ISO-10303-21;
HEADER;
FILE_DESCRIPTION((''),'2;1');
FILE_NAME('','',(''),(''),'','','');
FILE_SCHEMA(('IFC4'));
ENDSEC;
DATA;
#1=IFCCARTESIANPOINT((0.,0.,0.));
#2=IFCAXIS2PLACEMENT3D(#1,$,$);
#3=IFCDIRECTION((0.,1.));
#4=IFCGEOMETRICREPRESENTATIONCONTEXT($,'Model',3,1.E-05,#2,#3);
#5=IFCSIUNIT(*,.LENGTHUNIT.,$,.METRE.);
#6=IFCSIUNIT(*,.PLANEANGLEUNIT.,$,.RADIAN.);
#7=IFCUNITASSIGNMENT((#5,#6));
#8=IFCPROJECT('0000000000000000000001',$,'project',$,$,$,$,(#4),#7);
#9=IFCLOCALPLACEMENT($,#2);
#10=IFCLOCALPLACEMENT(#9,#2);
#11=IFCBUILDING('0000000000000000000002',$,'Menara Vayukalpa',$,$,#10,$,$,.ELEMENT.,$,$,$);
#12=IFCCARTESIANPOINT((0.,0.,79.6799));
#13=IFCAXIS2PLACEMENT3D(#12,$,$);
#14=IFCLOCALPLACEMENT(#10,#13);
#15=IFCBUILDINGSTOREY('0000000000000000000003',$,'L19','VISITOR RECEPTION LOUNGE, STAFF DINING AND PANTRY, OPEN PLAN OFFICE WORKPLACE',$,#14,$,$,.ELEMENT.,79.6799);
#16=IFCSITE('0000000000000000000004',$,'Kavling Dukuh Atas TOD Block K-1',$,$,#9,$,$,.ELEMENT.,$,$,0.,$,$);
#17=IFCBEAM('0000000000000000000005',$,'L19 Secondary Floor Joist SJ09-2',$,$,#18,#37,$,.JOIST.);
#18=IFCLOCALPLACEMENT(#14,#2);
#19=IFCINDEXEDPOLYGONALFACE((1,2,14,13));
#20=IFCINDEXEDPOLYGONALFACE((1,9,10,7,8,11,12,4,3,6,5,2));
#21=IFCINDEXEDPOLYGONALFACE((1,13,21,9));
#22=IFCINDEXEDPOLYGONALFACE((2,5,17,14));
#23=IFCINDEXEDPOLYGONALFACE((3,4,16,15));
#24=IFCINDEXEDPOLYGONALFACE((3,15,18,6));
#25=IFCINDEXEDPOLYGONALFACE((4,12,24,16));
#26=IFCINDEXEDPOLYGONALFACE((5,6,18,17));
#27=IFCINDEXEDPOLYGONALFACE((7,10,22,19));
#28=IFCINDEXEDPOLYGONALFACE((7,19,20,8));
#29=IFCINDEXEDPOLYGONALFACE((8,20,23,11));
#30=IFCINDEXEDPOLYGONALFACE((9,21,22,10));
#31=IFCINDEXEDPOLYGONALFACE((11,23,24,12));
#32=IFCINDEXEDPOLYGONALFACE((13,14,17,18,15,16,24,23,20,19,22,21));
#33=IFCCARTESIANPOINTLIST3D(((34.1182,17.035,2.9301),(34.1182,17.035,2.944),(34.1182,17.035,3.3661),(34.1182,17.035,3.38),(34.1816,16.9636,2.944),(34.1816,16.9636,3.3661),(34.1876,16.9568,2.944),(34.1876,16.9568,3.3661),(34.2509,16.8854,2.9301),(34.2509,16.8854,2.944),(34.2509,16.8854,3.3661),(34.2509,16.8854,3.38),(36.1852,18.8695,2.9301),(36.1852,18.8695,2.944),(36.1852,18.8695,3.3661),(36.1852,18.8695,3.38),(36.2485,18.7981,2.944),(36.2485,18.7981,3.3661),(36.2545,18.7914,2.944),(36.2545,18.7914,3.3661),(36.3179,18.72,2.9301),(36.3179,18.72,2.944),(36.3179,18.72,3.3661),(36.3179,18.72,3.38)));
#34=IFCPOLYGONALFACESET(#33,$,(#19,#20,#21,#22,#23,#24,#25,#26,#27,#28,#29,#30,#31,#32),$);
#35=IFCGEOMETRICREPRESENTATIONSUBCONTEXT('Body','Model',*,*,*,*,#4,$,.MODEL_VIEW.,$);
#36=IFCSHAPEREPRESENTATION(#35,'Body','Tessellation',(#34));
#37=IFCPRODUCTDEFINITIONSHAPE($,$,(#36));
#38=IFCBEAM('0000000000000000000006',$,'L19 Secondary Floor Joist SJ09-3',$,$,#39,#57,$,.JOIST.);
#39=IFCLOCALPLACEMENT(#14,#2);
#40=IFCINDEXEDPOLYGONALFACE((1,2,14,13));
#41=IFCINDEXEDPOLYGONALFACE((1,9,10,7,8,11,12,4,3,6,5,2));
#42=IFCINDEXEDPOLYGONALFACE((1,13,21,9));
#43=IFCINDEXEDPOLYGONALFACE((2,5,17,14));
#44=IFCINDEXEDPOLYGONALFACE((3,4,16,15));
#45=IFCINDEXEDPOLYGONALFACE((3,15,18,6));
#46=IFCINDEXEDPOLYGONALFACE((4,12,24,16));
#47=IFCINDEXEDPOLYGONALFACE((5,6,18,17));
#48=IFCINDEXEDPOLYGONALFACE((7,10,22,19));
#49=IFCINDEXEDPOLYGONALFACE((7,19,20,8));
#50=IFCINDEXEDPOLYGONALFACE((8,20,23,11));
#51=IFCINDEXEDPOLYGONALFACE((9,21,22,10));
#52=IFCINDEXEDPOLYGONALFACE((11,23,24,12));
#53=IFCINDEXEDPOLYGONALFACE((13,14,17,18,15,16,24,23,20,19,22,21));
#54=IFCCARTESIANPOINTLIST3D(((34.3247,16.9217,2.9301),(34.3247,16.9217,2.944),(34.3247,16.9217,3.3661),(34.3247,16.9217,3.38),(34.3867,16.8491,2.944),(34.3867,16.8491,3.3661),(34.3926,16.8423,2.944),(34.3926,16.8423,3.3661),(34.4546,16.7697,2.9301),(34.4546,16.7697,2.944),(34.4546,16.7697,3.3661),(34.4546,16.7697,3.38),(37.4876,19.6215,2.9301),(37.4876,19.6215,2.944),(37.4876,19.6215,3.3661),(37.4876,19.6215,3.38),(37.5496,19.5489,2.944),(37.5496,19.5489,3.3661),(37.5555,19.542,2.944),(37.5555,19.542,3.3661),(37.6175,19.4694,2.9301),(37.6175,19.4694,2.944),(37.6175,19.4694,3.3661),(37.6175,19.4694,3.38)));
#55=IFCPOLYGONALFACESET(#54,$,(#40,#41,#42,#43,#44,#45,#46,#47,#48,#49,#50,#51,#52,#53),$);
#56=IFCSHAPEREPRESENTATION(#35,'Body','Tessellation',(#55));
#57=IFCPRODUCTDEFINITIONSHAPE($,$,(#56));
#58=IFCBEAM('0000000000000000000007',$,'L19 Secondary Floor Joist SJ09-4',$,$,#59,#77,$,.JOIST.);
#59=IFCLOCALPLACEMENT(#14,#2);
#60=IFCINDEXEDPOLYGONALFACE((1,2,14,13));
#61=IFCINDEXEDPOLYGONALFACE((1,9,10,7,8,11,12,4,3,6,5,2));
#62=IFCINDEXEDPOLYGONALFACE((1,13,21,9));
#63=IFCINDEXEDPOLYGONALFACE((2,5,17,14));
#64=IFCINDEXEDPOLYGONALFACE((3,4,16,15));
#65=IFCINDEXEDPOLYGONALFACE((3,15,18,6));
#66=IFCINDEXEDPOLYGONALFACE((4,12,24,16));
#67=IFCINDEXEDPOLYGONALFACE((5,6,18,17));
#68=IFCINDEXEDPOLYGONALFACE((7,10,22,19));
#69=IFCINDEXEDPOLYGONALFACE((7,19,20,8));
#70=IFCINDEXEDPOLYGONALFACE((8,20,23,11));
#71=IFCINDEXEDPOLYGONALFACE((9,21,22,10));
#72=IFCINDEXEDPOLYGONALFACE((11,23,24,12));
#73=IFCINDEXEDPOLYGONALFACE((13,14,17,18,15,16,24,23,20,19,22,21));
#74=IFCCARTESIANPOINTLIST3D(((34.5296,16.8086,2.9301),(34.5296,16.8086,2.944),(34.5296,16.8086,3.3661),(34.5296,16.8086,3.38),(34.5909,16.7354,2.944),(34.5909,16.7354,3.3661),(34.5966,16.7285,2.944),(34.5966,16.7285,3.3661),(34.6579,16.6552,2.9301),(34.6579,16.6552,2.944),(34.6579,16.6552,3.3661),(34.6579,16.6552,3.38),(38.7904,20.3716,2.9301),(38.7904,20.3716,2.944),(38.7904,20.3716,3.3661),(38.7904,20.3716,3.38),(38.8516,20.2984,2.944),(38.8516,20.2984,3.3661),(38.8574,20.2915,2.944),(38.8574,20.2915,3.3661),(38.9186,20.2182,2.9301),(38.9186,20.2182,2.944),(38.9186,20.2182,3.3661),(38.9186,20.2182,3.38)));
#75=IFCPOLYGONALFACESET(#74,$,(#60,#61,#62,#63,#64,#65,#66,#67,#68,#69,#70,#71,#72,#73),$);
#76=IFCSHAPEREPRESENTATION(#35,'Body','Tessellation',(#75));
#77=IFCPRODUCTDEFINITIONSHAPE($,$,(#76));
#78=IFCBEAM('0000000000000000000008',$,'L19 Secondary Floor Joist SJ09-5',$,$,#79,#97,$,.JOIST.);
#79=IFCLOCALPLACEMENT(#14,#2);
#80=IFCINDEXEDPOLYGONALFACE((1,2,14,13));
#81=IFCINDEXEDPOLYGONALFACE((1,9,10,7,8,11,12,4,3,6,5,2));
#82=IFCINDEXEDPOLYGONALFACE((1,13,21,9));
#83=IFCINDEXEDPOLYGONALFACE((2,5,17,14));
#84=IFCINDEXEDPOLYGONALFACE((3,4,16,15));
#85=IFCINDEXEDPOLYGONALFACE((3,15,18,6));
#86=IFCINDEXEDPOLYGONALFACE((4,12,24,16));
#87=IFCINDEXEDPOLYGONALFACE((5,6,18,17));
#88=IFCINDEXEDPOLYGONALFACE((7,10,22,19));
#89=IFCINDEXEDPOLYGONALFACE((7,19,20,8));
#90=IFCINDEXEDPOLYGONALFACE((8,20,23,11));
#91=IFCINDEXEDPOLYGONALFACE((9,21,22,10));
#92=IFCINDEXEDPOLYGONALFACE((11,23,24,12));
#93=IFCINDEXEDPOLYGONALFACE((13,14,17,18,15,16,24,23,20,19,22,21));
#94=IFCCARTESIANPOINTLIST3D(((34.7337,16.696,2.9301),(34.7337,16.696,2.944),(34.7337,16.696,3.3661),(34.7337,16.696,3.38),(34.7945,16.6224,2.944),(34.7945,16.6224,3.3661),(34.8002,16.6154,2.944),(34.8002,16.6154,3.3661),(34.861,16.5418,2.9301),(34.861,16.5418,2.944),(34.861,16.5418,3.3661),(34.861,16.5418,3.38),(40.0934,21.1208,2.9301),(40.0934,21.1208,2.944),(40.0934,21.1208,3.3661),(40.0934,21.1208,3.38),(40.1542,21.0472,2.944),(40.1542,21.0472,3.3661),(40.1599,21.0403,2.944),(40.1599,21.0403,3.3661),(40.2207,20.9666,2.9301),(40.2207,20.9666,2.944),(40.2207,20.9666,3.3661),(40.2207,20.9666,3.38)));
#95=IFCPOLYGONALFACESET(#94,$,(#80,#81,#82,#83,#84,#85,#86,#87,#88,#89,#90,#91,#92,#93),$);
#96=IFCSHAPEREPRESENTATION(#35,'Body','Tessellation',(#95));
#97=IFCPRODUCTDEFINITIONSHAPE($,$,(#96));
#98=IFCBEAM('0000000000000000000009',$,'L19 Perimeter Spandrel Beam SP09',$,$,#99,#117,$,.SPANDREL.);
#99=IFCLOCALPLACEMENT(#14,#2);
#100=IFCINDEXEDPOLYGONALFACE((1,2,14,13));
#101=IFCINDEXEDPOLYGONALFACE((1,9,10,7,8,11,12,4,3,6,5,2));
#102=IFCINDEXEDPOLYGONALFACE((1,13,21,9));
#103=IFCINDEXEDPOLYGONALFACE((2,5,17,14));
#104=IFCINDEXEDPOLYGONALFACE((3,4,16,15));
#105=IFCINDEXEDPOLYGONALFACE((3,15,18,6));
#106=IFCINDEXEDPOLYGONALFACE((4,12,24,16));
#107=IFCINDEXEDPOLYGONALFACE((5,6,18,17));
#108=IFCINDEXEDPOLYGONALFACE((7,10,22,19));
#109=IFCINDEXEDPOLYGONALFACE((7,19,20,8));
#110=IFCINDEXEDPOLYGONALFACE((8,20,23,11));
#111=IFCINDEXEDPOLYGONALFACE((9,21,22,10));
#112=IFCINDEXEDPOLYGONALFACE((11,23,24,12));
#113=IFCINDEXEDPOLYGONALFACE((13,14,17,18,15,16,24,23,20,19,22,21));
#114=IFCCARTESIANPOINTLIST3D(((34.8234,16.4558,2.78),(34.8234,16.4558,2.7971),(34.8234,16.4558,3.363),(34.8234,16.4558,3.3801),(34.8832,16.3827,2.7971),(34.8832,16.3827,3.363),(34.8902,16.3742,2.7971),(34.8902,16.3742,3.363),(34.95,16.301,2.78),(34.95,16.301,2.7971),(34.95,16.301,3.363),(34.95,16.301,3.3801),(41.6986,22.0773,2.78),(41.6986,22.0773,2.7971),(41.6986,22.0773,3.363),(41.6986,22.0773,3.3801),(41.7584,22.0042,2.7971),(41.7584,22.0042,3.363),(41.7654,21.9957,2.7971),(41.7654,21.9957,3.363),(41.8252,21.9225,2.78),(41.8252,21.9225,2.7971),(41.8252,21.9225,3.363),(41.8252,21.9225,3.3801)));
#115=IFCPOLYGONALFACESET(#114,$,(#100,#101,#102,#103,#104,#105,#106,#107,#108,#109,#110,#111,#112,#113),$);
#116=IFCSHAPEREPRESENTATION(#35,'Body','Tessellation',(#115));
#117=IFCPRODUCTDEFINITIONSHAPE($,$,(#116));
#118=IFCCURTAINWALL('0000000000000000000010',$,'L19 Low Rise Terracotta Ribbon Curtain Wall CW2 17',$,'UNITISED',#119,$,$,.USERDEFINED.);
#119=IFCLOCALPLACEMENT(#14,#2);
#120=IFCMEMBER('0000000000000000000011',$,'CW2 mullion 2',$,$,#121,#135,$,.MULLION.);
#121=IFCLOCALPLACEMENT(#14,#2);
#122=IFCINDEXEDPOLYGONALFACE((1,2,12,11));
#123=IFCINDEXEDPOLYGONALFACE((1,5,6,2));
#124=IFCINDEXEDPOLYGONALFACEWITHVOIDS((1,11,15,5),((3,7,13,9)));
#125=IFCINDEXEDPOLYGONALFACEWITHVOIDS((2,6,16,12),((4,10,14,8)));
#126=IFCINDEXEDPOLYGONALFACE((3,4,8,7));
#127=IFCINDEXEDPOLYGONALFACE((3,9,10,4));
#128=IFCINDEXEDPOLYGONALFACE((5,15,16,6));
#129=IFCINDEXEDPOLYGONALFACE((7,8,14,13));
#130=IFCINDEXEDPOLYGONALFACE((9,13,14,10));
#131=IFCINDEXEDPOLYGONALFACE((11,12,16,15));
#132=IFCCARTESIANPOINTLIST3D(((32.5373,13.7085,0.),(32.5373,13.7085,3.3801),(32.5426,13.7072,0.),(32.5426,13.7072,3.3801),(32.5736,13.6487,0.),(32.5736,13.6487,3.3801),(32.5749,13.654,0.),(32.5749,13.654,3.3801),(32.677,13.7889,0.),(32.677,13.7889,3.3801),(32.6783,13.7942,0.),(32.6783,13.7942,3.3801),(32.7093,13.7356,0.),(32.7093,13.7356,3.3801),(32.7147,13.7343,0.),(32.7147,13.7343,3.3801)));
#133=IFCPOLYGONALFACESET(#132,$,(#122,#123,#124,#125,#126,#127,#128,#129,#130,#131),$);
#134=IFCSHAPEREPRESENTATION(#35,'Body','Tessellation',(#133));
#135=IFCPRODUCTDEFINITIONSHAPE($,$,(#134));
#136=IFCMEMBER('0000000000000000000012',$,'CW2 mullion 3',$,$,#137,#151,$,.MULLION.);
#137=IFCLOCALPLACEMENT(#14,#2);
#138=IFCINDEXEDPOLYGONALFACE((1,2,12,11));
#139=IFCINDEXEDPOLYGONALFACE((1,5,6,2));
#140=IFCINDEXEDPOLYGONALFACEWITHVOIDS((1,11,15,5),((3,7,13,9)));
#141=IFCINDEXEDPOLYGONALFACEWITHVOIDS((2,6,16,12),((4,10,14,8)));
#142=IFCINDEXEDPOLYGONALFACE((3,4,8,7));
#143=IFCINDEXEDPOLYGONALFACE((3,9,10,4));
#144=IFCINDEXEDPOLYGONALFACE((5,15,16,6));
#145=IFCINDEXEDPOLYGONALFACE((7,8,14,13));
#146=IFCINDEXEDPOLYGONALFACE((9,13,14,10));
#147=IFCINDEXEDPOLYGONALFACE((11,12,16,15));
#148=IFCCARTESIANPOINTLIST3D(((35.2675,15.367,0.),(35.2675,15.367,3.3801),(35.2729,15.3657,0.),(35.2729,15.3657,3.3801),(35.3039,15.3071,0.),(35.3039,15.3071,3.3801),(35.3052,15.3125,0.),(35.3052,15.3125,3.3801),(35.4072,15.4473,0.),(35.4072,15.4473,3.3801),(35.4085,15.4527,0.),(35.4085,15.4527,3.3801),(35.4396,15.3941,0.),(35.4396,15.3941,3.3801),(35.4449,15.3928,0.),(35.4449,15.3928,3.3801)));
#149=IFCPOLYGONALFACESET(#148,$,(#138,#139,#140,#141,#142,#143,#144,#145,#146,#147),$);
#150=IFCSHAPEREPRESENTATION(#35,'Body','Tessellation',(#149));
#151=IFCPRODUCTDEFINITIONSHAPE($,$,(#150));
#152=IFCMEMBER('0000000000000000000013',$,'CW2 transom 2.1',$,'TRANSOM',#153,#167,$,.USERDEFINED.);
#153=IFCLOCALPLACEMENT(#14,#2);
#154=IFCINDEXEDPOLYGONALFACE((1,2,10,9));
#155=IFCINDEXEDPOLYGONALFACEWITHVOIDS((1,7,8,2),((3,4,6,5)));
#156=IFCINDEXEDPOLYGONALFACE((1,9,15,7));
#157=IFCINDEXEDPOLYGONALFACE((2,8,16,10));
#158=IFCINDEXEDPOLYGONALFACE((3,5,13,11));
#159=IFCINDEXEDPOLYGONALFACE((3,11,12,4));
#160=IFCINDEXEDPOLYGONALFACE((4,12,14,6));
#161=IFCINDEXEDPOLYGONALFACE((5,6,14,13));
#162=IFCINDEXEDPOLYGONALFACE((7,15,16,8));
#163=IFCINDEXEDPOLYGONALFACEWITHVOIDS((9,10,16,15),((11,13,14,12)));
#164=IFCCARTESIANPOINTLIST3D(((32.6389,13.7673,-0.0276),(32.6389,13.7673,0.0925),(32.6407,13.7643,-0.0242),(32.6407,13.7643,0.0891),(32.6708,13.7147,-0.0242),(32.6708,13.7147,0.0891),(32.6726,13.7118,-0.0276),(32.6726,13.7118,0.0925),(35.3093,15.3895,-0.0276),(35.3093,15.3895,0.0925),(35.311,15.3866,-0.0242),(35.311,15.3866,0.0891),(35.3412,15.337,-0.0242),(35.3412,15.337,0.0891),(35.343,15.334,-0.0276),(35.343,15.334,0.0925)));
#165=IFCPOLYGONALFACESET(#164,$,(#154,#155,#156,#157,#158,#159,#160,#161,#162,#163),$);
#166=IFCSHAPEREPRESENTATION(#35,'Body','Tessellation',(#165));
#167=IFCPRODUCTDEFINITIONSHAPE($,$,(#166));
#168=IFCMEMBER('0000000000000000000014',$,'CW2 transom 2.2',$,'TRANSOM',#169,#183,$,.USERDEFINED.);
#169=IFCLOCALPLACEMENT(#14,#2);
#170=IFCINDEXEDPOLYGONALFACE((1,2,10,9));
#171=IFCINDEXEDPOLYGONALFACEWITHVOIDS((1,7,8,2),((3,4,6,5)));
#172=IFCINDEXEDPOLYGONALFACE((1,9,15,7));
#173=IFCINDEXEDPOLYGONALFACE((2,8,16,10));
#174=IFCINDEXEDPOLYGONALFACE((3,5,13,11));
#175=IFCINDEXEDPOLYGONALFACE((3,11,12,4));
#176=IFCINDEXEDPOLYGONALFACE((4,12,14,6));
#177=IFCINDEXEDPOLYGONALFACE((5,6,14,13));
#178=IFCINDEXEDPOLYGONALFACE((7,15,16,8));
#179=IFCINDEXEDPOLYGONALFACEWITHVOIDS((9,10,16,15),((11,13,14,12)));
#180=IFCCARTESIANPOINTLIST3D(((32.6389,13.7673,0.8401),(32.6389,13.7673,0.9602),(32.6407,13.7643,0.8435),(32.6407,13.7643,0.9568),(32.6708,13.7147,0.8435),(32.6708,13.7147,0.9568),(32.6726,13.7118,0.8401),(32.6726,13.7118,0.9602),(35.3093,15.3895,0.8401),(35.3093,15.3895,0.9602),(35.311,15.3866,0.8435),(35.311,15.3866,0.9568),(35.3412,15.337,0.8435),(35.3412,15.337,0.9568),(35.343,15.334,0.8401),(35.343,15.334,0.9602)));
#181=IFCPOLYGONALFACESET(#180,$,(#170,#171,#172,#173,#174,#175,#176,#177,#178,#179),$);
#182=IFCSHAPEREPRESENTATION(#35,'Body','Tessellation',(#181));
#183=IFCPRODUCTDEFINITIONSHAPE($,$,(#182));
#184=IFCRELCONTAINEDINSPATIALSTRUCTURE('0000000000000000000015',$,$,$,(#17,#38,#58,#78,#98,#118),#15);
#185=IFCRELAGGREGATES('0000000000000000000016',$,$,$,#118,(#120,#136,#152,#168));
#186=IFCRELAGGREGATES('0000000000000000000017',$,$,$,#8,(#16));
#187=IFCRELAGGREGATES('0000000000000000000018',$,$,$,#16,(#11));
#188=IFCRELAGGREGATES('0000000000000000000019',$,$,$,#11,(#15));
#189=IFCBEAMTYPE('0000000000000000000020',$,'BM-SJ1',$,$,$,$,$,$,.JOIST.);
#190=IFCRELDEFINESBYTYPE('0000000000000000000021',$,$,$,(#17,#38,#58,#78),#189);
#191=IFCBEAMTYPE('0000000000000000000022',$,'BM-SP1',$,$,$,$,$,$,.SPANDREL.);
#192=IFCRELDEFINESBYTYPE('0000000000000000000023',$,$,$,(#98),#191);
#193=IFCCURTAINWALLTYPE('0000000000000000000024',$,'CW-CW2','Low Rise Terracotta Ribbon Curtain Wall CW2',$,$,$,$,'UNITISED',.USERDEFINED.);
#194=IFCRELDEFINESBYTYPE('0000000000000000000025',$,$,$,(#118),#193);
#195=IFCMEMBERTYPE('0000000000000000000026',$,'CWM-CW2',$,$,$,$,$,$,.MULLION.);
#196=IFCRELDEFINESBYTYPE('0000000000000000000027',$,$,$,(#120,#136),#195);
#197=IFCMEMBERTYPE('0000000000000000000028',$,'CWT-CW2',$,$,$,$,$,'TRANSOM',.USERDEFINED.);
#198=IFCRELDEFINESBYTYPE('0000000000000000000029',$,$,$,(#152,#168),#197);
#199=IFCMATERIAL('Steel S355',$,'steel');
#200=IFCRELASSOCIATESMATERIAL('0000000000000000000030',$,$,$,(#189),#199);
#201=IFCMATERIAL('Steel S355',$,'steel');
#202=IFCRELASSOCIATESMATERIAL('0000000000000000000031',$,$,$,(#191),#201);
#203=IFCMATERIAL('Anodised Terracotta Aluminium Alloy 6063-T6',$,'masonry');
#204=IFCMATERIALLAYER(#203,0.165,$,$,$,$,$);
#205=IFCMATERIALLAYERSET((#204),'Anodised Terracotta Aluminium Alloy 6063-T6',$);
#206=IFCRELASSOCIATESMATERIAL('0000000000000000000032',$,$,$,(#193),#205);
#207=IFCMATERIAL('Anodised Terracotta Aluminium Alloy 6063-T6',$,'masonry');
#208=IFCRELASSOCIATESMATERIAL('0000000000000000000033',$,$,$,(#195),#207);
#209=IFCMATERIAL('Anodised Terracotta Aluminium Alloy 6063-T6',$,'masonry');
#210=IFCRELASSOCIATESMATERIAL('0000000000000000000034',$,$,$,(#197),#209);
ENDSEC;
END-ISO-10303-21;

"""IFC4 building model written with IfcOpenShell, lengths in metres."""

from ifc_helpers import new_model, si_unit, direction, frame, origin, origin_2d, place, context, subcontext, project, spatial, hollow_rectangle, i_section, extrude, material, layer, layer_set, material_profile, profile_set, type_object, element, aggregate, save


model = new_model("IFC4")

# Units and contexts
model_context = context("Model", 3, precision=1e-05, world=origin(), true_north=direction((0.0, 1.0)))
body_context = subcontext(model_context, "Body", "Model", "MODEL_VIEW")
ifc_project = project(units=[si_unit("LENGTHUNIT", "METRE"), si_unit("PLANEANGLEUNIT", "RADIAN")], contexts=[model_context])

# Site, building, storey
site_placement = place(None, origin())
site = spatial("IfcSite", under=ifc_project, at=site_placement, Name="Kavling Dukuh Atas TOD Block K-1", CompositionType="ELEMENT", RefElevation=0.0)
building_placement = place(site_placement, origin())
building = spatial("IfcBuilding", under=site, at=building_placement, Name="Menara Vayukalpa", CompositionType="ELEMENT")
storey_placement = place(building_placement, frame((0.0, 0.0, 79.6799)))
storey = spatial("IfcBuildingStorey", under=building, at=storey_placement, Name="L19", Description="VISITOR RECEPTION LOUNGE, STAFF DINING AND PANTRY, OPEN PLAN OFFICE WORKPLACE", CompositionType="ELEMENT", Elevation=79.6799)

# Beams
ifc_material_1 = material(Name="Steel S355", Category="steel")
ifc_material_profile_1 = material_profile(ifc_material_1, i_section(OverallWidth=0.2, OverallDepth=0.45, WebThickness=0.009, FlangeThickness=0.0139, at=origin_2d()), Name="WF 450x200x9x14")
ifc_profile_set_1 = profile_set([ifc_material_profile_1], Name="Steel S355")
beam_type_1 = type_object("IfcBeamType", Name="BM-SJ1", PredefinedType="JOIST", material=ifc_profile_set_1)
beam_1_placement = place(storey_placement, frame((34.1846, 16.9602, 3.155), z_axis=(0.747906, 0.663804, 0.0), x_axis=(-0.663804, 0.747906, 0.0)))
element("IfcBeam", 1, at=beam_1_placement, inside=storey, type_object=beam_type_1, Name="L19 Secondary Floor Joist SJ09-2", PredefinedType="JOIST", context=body_context, shape_type="SweptSolid", body=[
    extrude(i_section(OverallWidth=0.2, OverallDepth=0.45, WebThickness=0.009, FlangeThickness=0.0139, at=origin_2d()), origin(), (0.0, 0.0, 1.0), 2.7637),
])
beam_2_placement = place(storey_placement, frame((34.3896, 16.8457, 3.155), z_axis=(0.760598, 0.649223, 0.0), x_axis=(-0.649223, 0.760598, 0.0)))
element("IfcBeam", 2, at=beam_2_placement, inside=storey, type_object=beam_type_1, Name="L19 Secondary Floor Joist SJ09-3", PredefinedType="JOIST", context=body_context, shape_type="SweptSolid", body=[
    extrude(i_section(OverallWidth=0.2, OverallDepth=0.45, WebThickness=0.009, FlangeThickness=0.0139, at=origin_2d()), origin(), (0.0, 0.0, 1.0), 4.1584),
])
beam_3_placement = place(storey_placement, frame((34.5938, 16.7319, 3.155), z_axis=(0.767125, 0.641498, 0.0), x_axis=(-0.641498, 0.767125, 0.0)))
element("IfcBeam", 3, at=beam_3_placement, inside=storey, type_object=beam_type_1, Name="L19 Secondary Floor Joist SJ09-4", PredefinedType="JOIST", context=body_context, shape_type="SweptSolid", body=[
    extrude(i_section(OverallWidth=0.2, OverallDepth=0.45, WebThickness=0.009, FlangeThickness=0.0139, at=origin_2d()), origin(), (0.0, 0.0, 1.0), 5.5542),
])
beam_4_placement = place(storey_placement, frame((34.7974, 16.6189, 3.155), z_axis=(0.771153, 0.63665, 0.0), x_axis=(-0.63665, 0.771153, 0.0)))
element("IfcBeam", 4, at=beam_4_placement, inside=storey, type_object=beam_type_1, Name="L19 Secondary Floor Joist SJ09-5", PredefinedType="JOIST", context=body_context, shape_type="SweptSolid", body=[
    extrude(i_section(OverallWidth=0.2, OverallDepth=0.45, WebThickness=0.009, FlangeThickness=0.0139, at=origin_2d()), origin(), (0.0, 0.0, 1.0), 6.9502),
])
ifc_material_2 = material(Name="Steel S355", Category="steel")
ifc_material_profile_2 = material_profile(ifc_material_2, i_section(OverallWidth=0.2, OverallDepth=0.6001, WebThickness=0.011, FlangeThickness=0.0171, at=origin_2d()), Name="WF 600x200x11x17")
ifc_profile_set_2 = profile_set([ifc_material_profile_2], Name="Steel S355")
beam_type_2 = type_object("IfcBeamType", Name="BM-SP1", PredefinedType="SPANDREL", material=ifc_profile_set_2)
beam_5_placement = place(storey_placement, frame((34.8867, 16.3784, 3.0801), z_axis=(0.774157, 0.632994, 0.0), x_axis=(-0.632994, 0.774157, 0.0)))
element("IfcBeam", 5, at=beam_5_placement, inside=storey, type_object=beam_type_2, Name="L19 Perimeter Spandrel Beam SP09", PredefinedType="SPANDREL", context=body_context, shape_type="SweptSolid", body=[
    extrude(i_section(OverallWidth=0.2, OverallDepth=0.6001, WebThickness=0.011, FlangeThickness=0.0171, at=origin_2d()), origin(), (0.0, 0.0, 1.0), 8.8809),
])

# Curtain wall, members
ifc_material_3 = material(Name="Anodised Terracotta Aluminium Alloy 6063-T6", Category="masonry")
ifc_layer_1 = layer(ifc_material_3, 0.165)
ifc_layer_set_1 = layer_set([ifc_layer_1], Name="Anodised Terracotta Aluminium Alloy 6063-T6")
curtain_wall_type = type_object("IfcCurtainWallType", Name="CW-CW2", Description="Low Rise Terracotta Ribbon Curtain Wall CW2", ElementType="UNITISED", PredefinedType="USERDEFINED", material=ifc_layer_set_1)
curtain_wall_placement = place(storey_placement, origin())
curtain_wall = element("IfcCurtainWall", 6, at=curtain_wall_placement, inside=storey, type_object=curtain_wall_type, Name="L19 Low Rise Terracotta Ribbon Curtain Wall CW2 17", ObjectType="UNITISED", PredefinedType="USERDEFINED")
ifc_material_4 = material(Name="Anodised Terracotta Aluminium Alloy 6063-T6", Category="masonry")
ifc_material_profile_3 = material_profile(ifc_material_4, hollow_rectangle(XDim=0.0701, YDim=0.165, WallThickness=0.0039, at=origin_2d()), Name="ALU 70x165x4")
ifc_profile_set_3 = profile_set([ifc_material_profile_3], Name="Anodised Terracotta Aluminium Alloy 6063-T6")
member_type_1 = type_object("IfcMemberType", Name="CWM-CW2", PredefinedType="MULLION", material=ifc_profile_set_3)
member_1_placement = place(storey_placement, frame((32.626, 13.7214, 0.0), z_axis=(0.0, 0.0, 1.0), x_axis=(-0.519183, 0.854663, 0.0)))
member_1 = element("IfcMember", 7, at=member_1_placement, type_object=member_type_1, Name="CW2 mullion 2", PredefinedType="MULLION", context=body_context, shape_type="SweptSolid", body=[
    extrude(hollow_rectangle(XDim=0.0701, YDim=0.165, WallThickness=0.0039, at=origin_2d()), origin(), (0.0, 0.0, 1.0), 3.3801),
])
member_2_placement = place(storey_placement, frame((35.3562, 15.3799, 0.0), z_axis=(0.0, 0.0, 1.0), x_axis=(-0.519183, 0.854663, 0.0)))
member_2 = element("IfcMember", 8, at=member_2_placement, type_object=member_type_1, Name="CW2 mullion 3", PredefinedType="MULLION", context=body_context, shape_type="SweptSolid", body=[
    extrude(hollow_rectangle(XDim=0.0701, YDim=0.165, WallThickness=0.0039, at=origin_2d()), origin(), (0.0, 0.0, 1.0), 3.3801),
])
ifc_material_5 = material(Name="Anodised Terracotta Aluminium Alloy 6063-T6", Category="masonry")
ifc_material_profile_4 = material_profile(ifc_material_5, hollow_rectangle(XDim=0.0649, YDim=0.1201, WallThickness=0.0034, at=origin_2d()), Name="ALU 65x120x3.5")
ifc_profile_set_4 = profile_set([ifc_material_profile_4], Name="Anodised Terracotta Aluminium Alloy 6063-T6")
member_type_2 = type_object("IfcMemberType", Name="CWT-CW2", ElementType="TRANSOM", PredefinedType="USERDEFINED", material=ifc_profile_set_4)
member_3_placement = place(storey_placement, frame((32.6558, 13.7395, 0.0325), z_axis=(0.854646, 0.519211, 0.0), x_axis=(-0.519211, 0.854646, 0.0)))
member_3 = element("IfcMember", 9, at=member_3_placement, type_object=member_type_2, Name="CW2 transom 2.1", ObjectType="TRANSOM", PredefinedType="USERDEFINED", context=body_context, shape_type="SweptSolid", body=[
    extrude(hollow_rectangle(XDim=0.0649, YDim=0.1201, WallThickness=0.0034, at=origin_2d()), origin(), (0.0, 0.0, 1.0), 3.1245),
])
member_4_placement = place(storey_placement, frame((32.6558, 13.7395, 0.9001), z_axis=(0.854646, 0.519211, 0.0), x_axis=(-0.519211, 0.854646, 0.0)))
member_4 = element("IfcMember", 10, at=member_4_placement, type_object=member_type_2, Name="CW2 transom 2.2", ObjectType="TRANSOM", PredefinedType="USERDEFINED", context=body_context, shape_type="SweptSolid", body=[
    extrude(hollow_rectangle(XDim=0.0649, YDim=0.1201, WallThickness=0.0034, at=origin_2d()), origin(), (0.0, 0.0, 1.0), 3.1245),
])
aggregate(curtain_wall, [member_1, member_2, member_3, member_4])

save(model, "model.ifc")
